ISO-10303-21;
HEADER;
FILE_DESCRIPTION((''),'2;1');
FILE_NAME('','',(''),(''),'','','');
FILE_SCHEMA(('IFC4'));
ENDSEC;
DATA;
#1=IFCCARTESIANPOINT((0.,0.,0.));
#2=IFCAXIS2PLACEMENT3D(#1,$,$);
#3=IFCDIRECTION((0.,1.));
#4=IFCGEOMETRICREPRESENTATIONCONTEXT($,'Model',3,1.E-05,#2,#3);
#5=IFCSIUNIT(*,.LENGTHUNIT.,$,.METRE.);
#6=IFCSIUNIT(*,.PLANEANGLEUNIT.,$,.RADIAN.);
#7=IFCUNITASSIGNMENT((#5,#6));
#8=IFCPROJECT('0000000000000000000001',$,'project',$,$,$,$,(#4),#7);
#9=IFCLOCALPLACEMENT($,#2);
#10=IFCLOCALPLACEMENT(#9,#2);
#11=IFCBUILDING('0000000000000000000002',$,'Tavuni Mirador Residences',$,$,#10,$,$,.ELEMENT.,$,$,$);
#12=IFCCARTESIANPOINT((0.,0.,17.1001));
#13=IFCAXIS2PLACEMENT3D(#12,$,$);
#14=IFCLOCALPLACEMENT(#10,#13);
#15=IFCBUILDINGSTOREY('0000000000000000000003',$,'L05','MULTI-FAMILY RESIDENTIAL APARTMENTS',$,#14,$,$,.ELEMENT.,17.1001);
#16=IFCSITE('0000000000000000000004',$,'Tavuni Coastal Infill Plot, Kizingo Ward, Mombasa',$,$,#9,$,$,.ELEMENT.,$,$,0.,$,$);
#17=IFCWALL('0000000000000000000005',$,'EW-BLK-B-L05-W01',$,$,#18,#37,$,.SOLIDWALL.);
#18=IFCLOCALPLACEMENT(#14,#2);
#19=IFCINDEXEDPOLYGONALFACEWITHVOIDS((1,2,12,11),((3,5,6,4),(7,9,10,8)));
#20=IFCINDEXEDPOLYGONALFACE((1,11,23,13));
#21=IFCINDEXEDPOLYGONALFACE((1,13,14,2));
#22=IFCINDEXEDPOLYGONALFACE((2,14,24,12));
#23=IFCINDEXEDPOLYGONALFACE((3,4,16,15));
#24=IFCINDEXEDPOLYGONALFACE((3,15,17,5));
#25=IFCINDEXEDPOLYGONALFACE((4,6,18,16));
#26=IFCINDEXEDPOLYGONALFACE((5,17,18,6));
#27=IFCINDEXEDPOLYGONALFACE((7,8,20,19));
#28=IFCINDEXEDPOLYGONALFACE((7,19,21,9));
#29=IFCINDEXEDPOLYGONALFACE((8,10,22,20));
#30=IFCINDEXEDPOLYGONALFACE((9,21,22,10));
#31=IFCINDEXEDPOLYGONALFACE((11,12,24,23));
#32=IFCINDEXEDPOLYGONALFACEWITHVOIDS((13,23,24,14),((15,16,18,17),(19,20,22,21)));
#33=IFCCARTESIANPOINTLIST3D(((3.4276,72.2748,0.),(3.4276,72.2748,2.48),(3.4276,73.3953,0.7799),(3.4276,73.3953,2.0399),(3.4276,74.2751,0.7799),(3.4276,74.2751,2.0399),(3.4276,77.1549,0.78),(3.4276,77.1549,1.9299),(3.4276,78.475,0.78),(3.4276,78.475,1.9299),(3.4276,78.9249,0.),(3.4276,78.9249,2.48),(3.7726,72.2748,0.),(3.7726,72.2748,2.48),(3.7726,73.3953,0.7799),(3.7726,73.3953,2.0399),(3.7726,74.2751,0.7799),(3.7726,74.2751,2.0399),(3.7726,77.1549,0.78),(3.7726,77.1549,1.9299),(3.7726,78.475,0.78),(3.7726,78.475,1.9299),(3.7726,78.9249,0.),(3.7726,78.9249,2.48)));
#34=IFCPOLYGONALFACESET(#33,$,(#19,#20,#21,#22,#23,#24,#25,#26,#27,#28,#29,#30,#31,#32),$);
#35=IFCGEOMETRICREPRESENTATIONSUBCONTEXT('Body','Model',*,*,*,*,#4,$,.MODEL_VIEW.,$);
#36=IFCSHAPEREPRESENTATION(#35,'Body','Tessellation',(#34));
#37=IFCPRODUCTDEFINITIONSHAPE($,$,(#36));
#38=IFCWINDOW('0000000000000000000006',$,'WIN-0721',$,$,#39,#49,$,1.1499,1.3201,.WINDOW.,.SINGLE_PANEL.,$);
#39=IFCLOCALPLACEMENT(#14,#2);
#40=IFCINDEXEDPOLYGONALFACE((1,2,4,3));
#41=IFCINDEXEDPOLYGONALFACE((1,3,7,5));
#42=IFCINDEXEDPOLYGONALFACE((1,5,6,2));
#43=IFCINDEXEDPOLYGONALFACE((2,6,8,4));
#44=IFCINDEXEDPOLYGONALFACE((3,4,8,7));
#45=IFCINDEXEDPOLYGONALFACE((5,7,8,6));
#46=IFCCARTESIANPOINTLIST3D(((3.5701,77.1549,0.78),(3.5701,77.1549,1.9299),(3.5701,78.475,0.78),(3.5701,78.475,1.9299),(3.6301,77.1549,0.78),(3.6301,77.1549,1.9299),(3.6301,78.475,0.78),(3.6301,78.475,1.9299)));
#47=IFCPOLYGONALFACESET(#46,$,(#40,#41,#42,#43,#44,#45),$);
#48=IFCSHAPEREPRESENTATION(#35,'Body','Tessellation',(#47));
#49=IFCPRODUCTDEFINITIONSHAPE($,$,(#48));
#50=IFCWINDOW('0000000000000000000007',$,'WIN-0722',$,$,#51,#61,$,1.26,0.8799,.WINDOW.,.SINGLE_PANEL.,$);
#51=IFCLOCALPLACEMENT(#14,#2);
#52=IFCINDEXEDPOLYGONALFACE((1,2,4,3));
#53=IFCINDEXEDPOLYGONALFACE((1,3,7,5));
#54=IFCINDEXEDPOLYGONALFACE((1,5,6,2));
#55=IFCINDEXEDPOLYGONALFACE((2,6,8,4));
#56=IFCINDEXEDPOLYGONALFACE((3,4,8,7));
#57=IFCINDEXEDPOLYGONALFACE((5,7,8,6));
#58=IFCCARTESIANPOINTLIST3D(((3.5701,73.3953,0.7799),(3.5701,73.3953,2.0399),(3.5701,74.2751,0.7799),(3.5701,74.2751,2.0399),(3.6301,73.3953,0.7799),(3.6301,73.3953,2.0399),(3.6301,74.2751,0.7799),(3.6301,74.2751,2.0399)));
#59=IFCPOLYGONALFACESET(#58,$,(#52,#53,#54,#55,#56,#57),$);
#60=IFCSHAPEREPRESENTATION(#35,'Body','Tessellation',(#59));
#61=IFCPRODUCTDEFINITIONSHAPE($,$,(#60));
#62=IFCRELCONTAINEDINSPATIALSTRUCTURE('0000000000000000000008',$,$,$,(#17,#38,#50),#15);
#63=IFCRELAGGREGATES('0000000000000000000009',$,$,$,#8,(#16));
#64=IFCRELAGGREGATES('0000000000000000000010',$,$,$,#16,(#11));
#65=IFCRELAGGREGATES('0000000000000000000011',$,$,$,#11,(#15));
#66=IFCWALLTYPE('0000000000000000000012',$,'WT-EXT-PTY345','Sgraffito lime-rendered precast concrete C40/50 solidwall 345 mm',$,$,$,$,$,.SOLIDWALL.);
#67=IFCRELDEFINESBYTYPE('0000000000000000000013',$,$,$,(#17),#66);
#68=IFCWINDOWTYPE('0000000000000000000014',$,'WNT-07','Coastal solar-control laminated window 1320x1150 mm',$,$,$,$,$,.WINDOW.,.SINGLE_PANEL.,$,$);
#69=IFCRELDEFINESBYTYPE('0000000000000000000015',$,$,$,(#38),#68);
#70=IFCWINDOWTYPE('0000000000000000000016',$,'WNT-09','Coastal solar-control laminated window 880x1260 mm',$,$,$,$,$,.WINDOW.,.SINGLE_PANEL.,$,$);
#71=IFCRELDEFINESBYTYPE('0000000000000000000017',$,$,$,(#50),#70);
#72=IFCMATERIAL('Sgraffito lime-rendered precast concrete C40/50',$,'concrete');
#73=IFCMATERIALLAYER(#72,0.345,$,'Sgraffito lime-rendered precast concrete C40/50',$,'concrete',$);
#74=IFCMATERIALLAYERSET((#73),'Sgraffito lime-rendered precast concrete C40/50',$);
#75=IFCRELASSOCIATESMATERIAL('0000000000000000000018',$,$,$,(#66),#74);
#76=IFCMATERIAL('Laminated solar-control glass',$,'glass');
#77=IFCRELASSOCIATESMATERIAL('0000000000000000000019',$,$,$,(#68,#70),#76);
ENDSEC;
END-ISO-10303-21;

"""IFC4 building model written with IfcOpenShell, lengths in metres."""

from ifc_helpers import new_model, si_unit, direction, frame, frame_2d, origin, place, context, subcontext, project, spatial, rectangle, extrude, material, layer, layer_set, type_object, element, fill, save


model = new_model("IFC4")

# Units and contexts
model_context = context("Model", 3, precision=1e-05, world=origin(), true_north=direction((0.0, 1.0)))
body_context = subcontext(model_context, "Body", "Model", "MODEL_VIEW")
ifc_project = project(units=[si_unit("LENGTHUNIT", "METRE"), si_unit("PLANEANGLEUNIT", "RADIAN")], contexts=[model_context])

# Site, building, storey
site_placement = place(None, origin())
site = spatial("IfcSite", under=ifc_project, at=site_placement, Name="Tavuni Coastal Infill Plot, Kizingo Ward, Mombasa", CompositionType="ELEMENT", RefElevation=0.0)
building_placement = place(site_placement, origin())
building = spatial("IfcBuilding", under=site, at=building_placement, Name="Tavuni Mirador Residences", CompositionType="ELEMENT")
storey_placement = place(building_placement, frame((0.0, 0.0, 17.1001)))
storey = spatial("IfcBuildingStorey", under=building, at=storey_placement, Name="L05", Description="MULTI-FAMILY RESIDENTIAL APARTMENTS", CompositionType="ELEMENT", Elevation=17.1001)

# Shared definitions
ifc_material_1 = material(Name="Laminated solar-control glass", Category="glass")

# Wall, openings, windows
ifc_material_2 = material(Name="Sgraffito lime-rendered precast concrete C40/50", Category="concrete")
ifc_layer_1 = layer(ifc_material_2, 0.345, Name="Sgraffito lime-rendered precast concrete C40/50", Category="concrete")
ifc_layer_set_1 = layer_set([ifc_layer_1], Name="Sgraffito lime-rendered precast concrete C40/50")
wall_type = type_object("IfcWallType", Name="WT-EXT-PTY345", Description="Sgraffito lime-rendered precast concrete C40/50 solidwall 345 mm", PredefinedType="SOLIDWALL", material=ifc_layer_set_1)
wall_placement = place(storey_placement, frame((3.6001, 78.925, 0.0), z_axis=(0.0, 0.0, 1.0), x_axis=(0.0, -1.0, 0.0)))
wall = element("IfcWall", 1, at=wall_placement, inside=storey, type_object=wall_type, Name="EW-BLK-B-L05-W01", PredefinedType="SOLIDWALL", context=body_context, shape_type="SweptSolid", body=[
    extrude(rectangle(XDim=6.6501, YDim=0.345, at=frame_2d((3.3252, 0.0))), origin(), (0.0, 0.0, 1.0), 2.48),
])
opening_1_placement = place(wall_placement, frame((0.45, 0.0, 0.78)))
opening_1 = element("IfcOpeningElement", 2, at=opening_1_placement, cuts=wall, PredefinedType="OPENING", context=body_context, shape_type="SweptSolid", body=[
    extrude(rectangle(XDim=1.3201, YDim=1.1499, at=frame_2d((0.6602, 0.575))), frame((0.0, 0.1826, 0.0), z_axis=(0.0, -1.0, 0.0), x_axis=(1.0, 0.0, 0.0)), (0.0, 0.0, 1.0), 0.365),
])
opening_2_placement = place(wall_placement, frame((4.6499, 0.0, 0.78)))
opening_2 = element("IfcOpeningElement", 3, at=opening_2_placement, cuts=wall, PredefinedType="OPENING", context=body_context, shape_type="SweptSolid", body=[
    extrude(rectangle(XDim=0.8799, YDim=1.26, at=frame_2d((0.4399, 0.6299))), frame((0.0, 0.1826, 0.0), z_axis=(0.0, -1.0, 0.0), x_axis=(1.0, 0.0, 0.0)), (0.0, 0.0, 1.0), 0.365),
])
window_type_1 = type_object("IfcWindowType", Name="WNT-07", Description="Coastal solar-control laminated window 1320x1150 mm", PartitioningType="SINGLE_PANEL", PredefinedType="WINDOW", material=ifc_material_1)
window_1_placement = place(opening_1_placement, origin())
window_1 = element("IfcWindow", 4, at=window_1_placement, inside=storey, type_object=window_type_1, Name="WIN-0721", OverallHeight=1.1499, OverallWidth=1.3201, PartitioningType="SINGLE_PANEL", PredefinedType="WINDOW", context=body_context, shape_type="SweptSolid", body=[
    extrude(rectangle(XDim=1.3201, YDim=1.1499, at=frame_2d((0.6602, 0.575))), frame((0.0, 0.03, 0.0), z_axis=(0.0, -1.0, 0.0), x_axis=(1.0, 0.0, 0.0)), (0.0, 0.0, 1.0), 0.0601),
])
fill(opening_1, window_1)
window_type_2 = type_object("IfcWindowType", Name="WNT-09", Description="Coastal solar-control laminated window 880x1260 mm", PartitioningType="SINGLE_PANEL", PredefinedType="WINDOW", material=ifc_material_1)
window_2_placement = place(opening_2_placement, origin())
window_2 = element("IfcWindow", 5, at=window_2_placement, inside=storey, type_object=window_type_2, Name="WIN-0722", OverallHeight=1.26, OverallWidth=0.8799, PartitioningType="SINGLE_PANEL", PredefinedType="WINDOW", context=body_context, shape_type="SweptSolid", body=[
    extrude(rectangle(XDim=0.8799, YDim=1.26, at=frame_2d((0.4399, 0.6299))), frame((0.0, 0.03, 0.0), z_axis=(0.0, -1.0, 0.0), x_axis=(1.0, 0.0, 0.0)), (0.0, 0.0, 1.0), 0.0601),
])
fill(opening_2, window_2)

save(model, "model.ifc")
